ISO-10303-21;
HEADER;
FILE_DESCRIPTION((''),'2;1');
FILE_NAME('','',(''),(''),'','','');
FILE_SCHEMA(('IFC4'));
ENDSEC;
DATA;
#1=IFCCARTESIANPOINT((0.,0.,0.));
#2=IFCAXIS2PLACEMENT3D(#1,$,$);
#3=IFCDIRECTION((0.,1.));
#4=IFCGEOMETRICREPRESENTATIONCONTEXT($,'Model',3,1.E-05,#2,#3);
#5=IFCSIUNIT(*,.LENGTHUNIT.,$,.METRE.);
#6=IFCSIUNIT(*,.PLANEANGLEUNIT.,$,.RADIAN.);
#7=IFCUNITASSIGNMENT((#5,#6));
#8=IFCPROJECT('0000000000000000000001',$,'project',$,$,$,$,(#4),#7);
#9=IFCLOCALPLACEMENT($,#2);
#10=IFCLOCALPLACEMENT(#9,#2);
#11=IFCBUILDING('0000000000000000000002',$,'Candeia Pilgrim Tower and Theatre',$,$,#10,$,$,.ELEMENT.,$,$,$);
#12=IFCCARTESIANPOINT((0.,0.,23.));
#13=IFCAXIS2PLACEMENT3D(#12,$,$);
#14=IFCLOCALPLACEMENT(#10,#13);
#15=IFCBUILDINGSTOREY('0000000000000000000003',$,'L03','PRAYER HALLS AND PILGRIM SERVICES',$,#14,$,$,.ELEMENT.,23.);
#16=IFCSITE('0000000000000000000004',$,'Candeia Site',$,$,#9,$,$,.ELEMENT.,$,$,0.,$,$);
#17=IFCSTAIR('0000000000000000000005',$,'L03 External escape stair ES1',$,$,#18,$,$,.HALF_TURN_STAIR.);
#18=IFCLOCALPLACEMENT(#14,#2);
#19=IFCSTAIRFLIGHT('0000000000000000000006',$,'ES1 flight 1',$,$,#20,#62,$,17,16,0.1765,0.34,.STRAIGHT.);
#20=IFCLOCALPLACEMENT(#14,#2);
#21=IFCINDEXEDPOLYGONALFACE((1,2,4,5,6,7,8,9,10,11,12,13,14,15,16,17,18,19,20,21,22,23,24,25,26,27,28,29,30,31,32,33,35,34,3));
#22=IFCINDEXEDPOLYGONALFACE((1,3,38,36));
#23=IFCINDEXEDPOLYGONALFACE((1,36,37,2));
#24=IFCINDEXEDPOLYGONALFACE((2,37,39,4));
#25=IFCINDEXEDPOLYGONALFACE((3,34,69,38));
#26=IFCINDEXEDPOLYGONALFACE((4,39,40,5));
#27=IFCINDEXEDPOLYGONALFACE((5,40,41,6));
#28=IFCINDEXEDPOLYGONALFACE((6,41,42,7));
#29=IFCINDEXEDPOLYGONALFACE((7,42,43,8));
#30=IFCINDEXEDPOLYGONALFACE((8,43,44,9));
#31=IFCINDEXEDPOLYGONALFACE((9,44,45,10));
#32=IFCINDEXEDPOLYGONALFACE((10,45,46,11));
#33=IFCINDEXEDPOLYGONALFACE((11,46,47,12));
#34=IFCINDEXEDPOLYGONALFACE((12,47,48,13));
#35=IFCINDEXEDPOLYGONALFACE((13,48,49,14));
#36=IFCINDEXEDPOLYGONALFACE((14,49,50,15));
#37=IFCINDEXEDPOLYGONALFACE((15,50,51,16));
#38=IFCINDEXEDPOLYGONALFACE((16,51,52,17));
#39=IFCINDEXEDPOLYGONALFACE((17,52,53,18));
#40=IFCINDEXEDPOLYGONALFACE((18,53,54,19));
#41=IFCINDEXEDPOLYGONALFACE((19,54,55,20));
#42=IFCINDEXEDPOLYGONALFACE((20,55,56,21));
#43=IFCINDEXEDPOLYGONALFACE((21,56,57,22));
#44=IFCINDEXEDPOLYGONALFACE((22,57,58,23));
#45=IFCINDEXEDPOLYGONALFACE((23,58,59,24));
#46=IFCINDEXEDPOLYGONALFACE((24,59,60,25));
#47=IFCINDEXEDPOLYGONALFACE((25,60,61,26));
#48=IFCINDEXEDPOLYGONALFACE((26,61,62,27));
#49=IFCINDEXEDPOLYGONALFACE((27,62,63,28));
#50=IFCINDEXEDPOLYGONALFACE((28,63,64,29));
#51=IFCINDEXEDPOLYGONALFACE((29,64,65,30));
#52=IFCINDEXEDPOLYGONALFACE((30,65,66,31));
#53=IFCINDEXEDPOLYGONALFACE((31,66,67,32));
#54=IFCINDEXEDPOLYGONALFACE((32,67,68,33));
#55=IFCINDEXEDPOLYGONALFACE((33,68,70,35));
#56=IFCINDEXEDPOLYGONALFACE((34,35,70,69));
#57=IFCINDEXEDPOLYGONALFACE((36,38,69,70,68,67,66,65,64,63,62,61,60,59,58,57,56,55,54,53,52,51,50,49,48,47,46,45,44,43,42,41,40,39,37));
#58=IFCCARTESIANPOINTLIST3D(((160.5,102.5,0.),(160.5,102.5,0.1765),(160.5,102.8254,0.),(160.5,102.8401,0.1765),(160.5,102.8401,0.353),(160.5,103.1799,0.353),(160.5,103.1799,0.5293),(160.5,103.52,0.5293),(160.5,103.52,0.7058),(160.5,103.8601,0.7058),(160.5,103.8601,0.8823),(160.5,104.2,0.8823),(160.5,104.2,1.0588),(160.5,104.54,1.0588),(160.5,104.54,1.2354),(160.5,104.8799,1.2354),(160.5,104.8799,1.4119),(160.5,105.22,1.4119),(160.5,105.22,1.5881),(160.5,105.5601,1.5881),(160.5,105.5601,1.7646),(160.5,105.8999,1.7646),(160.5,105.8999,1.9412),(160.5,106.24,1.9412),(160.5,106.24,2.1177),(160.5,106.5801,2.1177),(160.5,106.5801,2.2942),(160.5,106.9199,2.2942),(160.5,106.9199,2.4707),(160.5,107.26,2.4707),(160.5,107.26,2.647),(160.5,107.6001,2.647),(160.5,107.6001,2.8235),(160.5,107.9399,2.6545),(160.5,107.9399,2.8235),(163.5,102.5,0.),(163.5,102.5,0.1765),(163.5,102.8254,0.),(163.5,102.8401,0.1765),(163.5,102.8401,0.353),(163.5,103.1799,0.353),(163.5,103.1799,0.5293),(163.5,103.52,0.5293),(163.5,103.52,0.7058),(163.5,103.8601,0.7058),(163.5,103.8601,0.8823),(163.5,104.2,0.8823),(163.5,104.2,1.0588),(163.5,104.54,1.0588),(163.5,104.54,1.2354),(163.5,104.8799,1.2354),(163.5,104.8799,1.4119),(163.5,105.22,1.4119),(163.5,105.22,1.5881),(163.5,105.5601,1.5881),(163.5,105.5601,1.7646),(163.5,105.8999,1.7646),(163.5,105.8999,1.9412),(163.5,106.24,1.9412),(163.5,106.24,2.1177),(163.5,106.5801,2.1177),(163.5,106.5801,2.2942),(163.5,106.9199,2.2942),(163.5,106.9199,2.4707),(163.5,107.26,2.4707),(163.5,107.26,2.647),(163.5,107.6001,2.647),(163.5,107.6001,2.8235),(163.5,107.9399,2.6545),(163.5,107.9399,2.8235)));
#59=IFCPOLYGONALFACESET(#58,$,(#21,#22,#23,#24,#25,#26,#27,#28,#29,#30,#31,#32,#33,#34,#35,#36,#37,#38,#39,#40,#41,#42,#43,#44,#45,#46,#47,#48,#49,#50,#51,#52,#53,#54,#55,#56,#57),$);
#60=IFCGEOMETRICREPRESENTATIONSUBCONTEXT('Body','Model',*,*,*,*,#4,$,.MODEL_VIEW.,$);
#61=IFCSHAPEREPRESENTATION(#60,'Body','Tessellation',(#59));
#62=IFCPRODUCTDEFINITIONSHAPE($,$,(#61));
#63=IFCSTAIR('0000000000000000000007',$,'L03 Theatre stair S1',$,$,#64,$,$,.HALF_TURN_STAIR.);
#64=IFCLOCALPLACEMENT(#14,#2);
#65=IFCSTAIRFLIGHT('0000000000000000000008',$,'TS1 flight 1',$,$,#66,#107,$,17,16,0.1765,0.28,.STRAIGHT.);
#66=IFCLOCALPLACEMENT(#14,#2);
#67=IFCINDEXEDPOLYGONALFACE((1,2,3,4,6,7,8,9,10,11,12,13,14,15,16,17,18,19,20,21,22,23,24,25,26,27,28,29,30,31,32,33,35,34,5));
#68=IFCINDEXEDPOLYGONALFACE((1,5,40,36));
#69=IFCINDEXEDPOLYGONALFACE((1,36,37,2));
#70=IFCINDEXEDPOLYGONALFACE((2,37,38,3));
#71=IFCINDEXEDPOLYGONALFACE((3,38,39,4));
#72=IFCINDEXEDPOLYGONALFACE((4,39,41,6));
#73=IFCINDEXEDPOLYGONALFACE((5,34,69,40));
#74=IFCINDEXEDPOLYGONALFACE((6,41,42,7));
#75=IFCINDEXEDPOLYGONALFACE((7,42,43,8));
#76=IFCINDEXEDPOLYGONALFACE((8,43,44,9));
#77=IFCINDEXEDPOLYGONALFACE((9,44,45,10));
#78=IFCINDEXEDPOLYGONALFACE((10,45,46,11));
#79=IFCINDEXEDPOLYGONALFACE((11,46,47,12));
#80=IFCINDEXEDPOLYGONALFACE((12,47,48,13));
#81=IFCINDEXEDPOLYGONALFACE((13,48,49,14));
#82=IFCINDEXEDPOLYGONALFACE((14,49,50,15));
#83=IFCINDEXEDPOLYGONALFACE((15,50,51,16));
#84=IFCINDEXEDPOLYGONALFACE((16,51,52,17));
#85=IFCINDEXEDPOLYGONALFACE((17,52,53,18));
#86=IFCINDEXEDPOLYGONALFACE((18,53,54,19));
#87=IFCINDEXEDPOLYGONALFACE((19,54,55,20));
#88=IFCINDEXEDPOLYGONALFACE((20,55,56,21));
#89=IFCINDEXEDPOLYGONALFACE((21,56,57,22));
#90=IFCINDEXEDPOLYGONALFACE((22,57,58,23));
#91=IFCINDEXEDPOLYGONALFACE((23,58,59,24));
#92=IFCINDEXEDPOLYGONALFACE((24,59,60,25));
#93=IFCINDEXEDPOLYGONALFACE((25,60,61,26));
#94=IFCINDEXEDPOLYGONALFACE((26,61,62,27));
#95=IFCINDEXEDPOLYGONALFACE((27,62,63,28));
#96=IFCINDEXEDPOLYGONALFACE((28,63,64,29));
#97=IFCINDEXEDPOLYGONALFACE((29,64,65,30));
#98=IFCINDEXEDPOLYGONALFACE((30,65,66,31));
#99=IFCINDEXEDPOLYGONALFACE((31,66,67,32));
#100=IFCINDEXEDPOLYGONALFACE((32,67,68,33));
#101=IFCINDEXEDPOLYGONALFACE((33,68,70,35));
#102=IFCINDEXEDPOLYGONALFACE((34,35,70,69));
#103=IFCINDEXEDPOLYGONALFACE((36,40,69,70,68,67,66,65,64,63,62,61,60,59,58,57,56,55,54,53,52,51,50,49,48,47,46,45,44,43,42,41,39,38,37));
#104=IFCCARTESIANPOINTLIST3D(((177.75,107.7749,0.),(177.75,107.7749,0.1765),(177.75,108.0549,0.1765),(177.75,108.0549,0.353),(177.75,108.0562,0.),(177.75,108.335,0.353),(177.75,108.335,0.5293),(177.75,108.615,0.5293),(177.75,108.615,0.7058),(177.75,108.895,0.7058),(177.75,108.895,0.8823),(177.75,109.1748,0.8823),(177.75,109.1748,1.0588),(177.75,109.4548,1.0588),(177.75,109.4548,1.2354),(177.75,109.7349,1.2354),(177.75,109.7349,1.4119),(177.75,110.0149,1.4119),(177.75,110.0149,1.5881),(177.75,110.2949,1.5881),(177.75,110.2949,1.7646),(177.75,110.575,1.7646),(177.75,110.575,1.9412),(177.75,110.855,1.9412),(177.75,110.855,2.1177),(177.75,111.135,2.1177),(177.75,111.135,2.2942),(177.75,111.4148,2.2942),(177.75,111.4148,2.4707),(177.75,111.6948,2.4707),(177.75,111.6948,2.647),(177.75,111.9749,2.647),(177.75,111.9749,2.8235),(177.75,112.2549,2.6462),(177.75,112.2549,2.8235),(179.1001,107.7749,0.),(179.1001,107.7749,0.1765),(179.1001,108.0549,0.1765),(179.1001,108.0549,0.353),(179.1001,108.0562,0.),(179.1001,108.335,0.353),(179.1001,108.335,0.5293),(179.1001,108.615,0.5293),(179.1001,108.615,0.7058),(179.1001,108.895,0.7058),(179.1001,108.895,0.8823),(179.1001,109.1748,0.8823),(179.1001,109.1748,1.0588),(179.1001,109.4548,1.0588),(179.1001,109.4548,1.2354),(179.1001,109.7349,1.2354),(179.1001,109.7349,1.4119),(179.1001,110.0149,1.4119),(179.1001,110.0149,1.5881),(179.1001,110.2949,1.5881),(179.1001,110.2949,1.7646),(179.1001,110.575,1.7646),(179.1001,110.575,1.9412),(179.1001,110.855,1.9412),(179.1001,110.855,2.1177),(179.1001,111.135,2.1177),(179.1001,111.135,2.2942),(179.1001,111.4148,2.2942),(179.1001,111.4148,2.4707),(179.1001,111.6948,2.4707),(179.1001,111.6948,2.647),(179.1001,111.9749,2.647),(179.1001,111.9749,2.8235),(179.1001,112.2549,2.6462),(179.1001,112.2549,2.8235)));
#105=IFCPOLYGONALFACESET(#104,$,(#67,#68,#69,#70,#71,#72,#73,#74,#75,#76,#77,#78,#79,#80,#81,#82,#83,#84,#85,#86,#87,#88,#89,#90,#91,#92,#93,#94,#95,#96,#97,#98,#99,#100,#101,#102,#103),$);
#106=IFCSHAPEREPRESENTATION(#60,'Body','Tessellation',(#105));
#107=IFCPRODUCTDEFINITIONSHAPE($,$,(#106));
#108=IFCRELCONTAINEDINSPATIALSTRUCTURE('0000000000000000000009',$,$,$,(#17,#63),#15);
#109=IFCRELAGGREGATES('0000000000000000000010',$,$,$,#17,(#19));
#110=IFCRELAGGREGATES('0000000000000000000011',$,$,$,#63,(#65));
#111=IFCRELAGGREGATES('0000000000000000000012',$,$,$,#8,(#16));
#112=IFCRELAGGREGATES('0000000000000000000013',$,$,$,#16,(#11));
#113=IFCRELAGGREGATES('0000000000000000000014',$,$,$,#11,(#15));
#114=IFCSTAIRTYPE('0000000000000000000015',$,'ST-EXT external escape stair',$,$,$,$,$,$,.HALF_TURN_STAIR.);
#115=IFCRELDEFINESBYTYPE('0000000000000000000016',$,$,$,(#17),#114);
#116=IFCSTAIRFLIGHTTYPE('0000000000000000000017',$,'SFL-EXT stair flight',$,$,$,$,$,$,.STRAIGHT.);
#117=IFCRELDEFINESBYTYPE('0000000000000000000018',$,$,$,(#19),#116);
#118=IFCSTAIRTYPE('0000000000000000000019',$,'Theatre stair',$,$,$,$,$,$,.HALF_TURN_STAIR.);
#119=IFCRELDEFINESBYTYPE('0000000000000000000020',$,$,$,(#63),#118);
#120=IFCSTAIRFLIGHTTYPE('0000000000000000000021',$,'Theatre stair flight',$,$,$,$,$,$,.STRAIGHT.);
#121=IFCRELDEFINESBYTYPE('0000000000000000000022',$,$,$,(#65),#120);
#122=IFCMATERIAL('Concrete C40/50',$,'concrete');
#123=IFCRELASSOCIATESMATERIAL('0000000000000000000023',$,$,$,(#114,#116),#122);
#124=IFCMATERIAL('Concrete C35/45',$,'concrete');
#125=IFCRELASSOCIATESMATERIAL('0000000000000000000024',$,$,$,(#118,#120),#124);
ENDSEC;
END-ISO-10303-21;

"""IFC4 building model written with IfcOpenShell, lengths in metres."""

from ifc_helpers import new_model, si_unit, direction, frame, origin, place, context, subcontext, project, spatial, polyline, outline, extrude, material, type_object, element, aggregate, save


model = new_model("IFC4")

# Units and contexts
model_context = context("Model", 3, precision=1e-05, world=origin(), true_north=direction((0.0, 1.0)))
body_context = subcontext(model_context, "Body", "Model", "MODEL_VIEW")
ifc_project = project(units=[si_unit("LENGTHUNIT", "METRE"), si_unit("PLANEANGLEUNIT", "RADIAN")], contexts=[model_context])

# Site, building, storey
site_placement = place(None, origin())
site = spatial("IfcSite", under=ifc_project, at=site_placement, Name="Candeia Site", CompositionType="ELEMENT", RefElevation=0.0)
building_placement = place(site_placement, origin())
building = spatial("IfcBuilding", under=site, at=building_placement, Name="Candeia Pilgrim Tower and Theatre", CompositionType="ELEMENT")
storey_placement = place(building_placement, frame((0.0, 0.0, 23.0)))
storey = spatial("IfcBuildingStorey", under=building, at=storey_placement, Name="L03", Description="PRAYER HALLS AND PILGRIM SERVICES", CompositionType="ELEMENT", Elevation=23.0)

# Shared definitions
ifc_material_1 = material(Name="Concrete C40/50", Category="concrete")

# Shared definitions
ifc_material_2 = material(Name="Concrete C35/45", Category="concrete")

# Stairs, stair flights
stair_type_1 = type_object("IfcStairType", Name="ST-EXT external escape stair", PredefinedType="HALF_TURN_STAIR", material=ifc_material_1)
stair_1_placement = place(storey_placement, origin())
stair_1 = element("IfcStair", 1, at=stair_1_placement, inside=storey, type_object=stair_type_1, Name="L03 External escape stair ES1", PredefinedType="HALF_TURN_STAIR")
stair_flight_type_1 = type_object("IfcStairFlightType", Name="SFL-EXT stair flight", PredefinedType="STRAIGHT", material=ifc_material_1)
stair_flight_1_placement = place(storey_placement, frame((162.0, 102.5, 0.0), z_axis=(0.0, 0.0, 1.0), x_axis=(0.0, 1.0, 0.0)))
stair_flight_1 = element("IfcStairFlight", 2, at=stair_flight_1_placement, type_object=stair_flight_type_1, Name="ES1 flight 1", NumberOfRisers=17, NumberOfTreads=16, PredefinedType="STRAIGHT", RiserHeight=0.1765, TreadLength=0.34, context=body_context, shape_type="SweptSolid", body=[
    extrude(outline(polyline([(0.0, 0.0), (0.0, 0.1765), (0.3401, 0.1765), (0.3401, 0.353), (0.6799, 0.353), (0.6799, 0.5293), (1.02, 0.5293), (1.02, 0.7058), (1.3601, 0.7058), (1.3601, 0.8823), (1.7, 0.8823), (1.7, 1.0588), (2.04, 1.0588), (2.04, 1.2354), (2.3799, 1.2354), (2.3799, 1.4119), (2.72, 1.4119), (2.72, 1.5881), (3.0601, 1.5881), (3.0601, 1.7646), (3.3999, 1.7646), (3.3999, 1.9412), (3.74, 1.9412), (3.74, 2.1177), (4.0801, 2.1177), (4.0801, 2.2942), (4.4199, 2.2942), (4.4199, 2.4707), (4.76, 2.4707), (4.76, 2.647), (5.1001, 2.647), (5.1001, 2.8235), (5.4399, 2.8235), (5.4399, 3.0), (5.4399, 2.6545), (0.3254, 0.0), (0.0, 0.0)])), frame((0.0, 1.5, 0.0), z_axis=(0.0, -1.0, 0.0), x_axis=(1.0, 0.0, 0.0)), (0.0, 0.0, 1.0), 3.0),
])
aggregate(stair_1, [stair_flight_1])
stair_type_2 = type_object("IfcStairType", Name="Theatre stair", PredefinedType="HALF_TURN_STAIR", material=ifc_material_2)
stair_2_placement = place(storey_placement, origin())
stair_2 = element("IfcStair", 3, at=stair_2_placement, inside=storey, type_object=stair_type_2, Name="L03 Theatre stair S1", PredefinedType="HALF_TURN_STAIR")
stair_flight_type_2 = type_object("IfcStairFlightType", Name="Theatre stair flight", PredefinedType="STRAIGHT", material=ifc_material_2)
stair_flight_2_placement = place(storey_placement, frame((178.425, 107.7749, 0.0), z_axis=(0.0, 0.0, 1.0), x_axis=(0.0, 1.0, 0.0)))
stair_flight_2 = element("IfcStairFlight", 4, at=stair_flight_2_placement, type_object=stair_flight_type_2, Name="TS1 flight 1", NumberOfRisers=17, NumberOfTreads=16, PredefinedType="STRAIGHT", RiserHeight=0.1765, TreadLength=0.28, context=body_context, shape_type="SweptSolid", body=[
    extrude(outline(polyline([(0.0, 0.0), (0.0, 0.1765), (0.28, 0.1765), (0.28, 0.353), (0.5601, 0.353), (0.5601, 0.5293), (0.8401, 0.5293), (0.8401, 0.7058), (1.1201, 0.7058), (1.1201, 0.8823), (1.3999, 0.8823), (1.3999, 1.0588), (1.6799, 1.0588), (1.6799, 1.2354), (1.96, 1.2354), (1.96, 1.4119), (2.24, 1.4119), (2.24, 1.5881), (2.52, 1.5881), (2.52, 1.7646), (2.8, 1.7646), (2.8, 1.9412), (3.0801, 1.9412), (3.0801, 2.1177), (3.3601, 2.1177), (3.3601, 2.2942), (3.6399, 2.2942), (3.6399, 2.4707), (3.9199, 2.4707), (3.9199, 2.647), (4.2, 2.647), (4.2, 2.8235), (4.48, 2.8235), (4.48, 3.0), (4.48, 2.6462), (0.2812, 0.0), (0.0, 0.0)])), frame((0.0, 0.675, 0.0), z_axis=(0.0, -1.0, 0.0), x_axis=(1.0, 0.0, 0.0)), (0.0, 0.0, 1.0), 1.3501),
])
aggregate(stair_2, [stair_flight_2])

save(model, "model.ifc")
